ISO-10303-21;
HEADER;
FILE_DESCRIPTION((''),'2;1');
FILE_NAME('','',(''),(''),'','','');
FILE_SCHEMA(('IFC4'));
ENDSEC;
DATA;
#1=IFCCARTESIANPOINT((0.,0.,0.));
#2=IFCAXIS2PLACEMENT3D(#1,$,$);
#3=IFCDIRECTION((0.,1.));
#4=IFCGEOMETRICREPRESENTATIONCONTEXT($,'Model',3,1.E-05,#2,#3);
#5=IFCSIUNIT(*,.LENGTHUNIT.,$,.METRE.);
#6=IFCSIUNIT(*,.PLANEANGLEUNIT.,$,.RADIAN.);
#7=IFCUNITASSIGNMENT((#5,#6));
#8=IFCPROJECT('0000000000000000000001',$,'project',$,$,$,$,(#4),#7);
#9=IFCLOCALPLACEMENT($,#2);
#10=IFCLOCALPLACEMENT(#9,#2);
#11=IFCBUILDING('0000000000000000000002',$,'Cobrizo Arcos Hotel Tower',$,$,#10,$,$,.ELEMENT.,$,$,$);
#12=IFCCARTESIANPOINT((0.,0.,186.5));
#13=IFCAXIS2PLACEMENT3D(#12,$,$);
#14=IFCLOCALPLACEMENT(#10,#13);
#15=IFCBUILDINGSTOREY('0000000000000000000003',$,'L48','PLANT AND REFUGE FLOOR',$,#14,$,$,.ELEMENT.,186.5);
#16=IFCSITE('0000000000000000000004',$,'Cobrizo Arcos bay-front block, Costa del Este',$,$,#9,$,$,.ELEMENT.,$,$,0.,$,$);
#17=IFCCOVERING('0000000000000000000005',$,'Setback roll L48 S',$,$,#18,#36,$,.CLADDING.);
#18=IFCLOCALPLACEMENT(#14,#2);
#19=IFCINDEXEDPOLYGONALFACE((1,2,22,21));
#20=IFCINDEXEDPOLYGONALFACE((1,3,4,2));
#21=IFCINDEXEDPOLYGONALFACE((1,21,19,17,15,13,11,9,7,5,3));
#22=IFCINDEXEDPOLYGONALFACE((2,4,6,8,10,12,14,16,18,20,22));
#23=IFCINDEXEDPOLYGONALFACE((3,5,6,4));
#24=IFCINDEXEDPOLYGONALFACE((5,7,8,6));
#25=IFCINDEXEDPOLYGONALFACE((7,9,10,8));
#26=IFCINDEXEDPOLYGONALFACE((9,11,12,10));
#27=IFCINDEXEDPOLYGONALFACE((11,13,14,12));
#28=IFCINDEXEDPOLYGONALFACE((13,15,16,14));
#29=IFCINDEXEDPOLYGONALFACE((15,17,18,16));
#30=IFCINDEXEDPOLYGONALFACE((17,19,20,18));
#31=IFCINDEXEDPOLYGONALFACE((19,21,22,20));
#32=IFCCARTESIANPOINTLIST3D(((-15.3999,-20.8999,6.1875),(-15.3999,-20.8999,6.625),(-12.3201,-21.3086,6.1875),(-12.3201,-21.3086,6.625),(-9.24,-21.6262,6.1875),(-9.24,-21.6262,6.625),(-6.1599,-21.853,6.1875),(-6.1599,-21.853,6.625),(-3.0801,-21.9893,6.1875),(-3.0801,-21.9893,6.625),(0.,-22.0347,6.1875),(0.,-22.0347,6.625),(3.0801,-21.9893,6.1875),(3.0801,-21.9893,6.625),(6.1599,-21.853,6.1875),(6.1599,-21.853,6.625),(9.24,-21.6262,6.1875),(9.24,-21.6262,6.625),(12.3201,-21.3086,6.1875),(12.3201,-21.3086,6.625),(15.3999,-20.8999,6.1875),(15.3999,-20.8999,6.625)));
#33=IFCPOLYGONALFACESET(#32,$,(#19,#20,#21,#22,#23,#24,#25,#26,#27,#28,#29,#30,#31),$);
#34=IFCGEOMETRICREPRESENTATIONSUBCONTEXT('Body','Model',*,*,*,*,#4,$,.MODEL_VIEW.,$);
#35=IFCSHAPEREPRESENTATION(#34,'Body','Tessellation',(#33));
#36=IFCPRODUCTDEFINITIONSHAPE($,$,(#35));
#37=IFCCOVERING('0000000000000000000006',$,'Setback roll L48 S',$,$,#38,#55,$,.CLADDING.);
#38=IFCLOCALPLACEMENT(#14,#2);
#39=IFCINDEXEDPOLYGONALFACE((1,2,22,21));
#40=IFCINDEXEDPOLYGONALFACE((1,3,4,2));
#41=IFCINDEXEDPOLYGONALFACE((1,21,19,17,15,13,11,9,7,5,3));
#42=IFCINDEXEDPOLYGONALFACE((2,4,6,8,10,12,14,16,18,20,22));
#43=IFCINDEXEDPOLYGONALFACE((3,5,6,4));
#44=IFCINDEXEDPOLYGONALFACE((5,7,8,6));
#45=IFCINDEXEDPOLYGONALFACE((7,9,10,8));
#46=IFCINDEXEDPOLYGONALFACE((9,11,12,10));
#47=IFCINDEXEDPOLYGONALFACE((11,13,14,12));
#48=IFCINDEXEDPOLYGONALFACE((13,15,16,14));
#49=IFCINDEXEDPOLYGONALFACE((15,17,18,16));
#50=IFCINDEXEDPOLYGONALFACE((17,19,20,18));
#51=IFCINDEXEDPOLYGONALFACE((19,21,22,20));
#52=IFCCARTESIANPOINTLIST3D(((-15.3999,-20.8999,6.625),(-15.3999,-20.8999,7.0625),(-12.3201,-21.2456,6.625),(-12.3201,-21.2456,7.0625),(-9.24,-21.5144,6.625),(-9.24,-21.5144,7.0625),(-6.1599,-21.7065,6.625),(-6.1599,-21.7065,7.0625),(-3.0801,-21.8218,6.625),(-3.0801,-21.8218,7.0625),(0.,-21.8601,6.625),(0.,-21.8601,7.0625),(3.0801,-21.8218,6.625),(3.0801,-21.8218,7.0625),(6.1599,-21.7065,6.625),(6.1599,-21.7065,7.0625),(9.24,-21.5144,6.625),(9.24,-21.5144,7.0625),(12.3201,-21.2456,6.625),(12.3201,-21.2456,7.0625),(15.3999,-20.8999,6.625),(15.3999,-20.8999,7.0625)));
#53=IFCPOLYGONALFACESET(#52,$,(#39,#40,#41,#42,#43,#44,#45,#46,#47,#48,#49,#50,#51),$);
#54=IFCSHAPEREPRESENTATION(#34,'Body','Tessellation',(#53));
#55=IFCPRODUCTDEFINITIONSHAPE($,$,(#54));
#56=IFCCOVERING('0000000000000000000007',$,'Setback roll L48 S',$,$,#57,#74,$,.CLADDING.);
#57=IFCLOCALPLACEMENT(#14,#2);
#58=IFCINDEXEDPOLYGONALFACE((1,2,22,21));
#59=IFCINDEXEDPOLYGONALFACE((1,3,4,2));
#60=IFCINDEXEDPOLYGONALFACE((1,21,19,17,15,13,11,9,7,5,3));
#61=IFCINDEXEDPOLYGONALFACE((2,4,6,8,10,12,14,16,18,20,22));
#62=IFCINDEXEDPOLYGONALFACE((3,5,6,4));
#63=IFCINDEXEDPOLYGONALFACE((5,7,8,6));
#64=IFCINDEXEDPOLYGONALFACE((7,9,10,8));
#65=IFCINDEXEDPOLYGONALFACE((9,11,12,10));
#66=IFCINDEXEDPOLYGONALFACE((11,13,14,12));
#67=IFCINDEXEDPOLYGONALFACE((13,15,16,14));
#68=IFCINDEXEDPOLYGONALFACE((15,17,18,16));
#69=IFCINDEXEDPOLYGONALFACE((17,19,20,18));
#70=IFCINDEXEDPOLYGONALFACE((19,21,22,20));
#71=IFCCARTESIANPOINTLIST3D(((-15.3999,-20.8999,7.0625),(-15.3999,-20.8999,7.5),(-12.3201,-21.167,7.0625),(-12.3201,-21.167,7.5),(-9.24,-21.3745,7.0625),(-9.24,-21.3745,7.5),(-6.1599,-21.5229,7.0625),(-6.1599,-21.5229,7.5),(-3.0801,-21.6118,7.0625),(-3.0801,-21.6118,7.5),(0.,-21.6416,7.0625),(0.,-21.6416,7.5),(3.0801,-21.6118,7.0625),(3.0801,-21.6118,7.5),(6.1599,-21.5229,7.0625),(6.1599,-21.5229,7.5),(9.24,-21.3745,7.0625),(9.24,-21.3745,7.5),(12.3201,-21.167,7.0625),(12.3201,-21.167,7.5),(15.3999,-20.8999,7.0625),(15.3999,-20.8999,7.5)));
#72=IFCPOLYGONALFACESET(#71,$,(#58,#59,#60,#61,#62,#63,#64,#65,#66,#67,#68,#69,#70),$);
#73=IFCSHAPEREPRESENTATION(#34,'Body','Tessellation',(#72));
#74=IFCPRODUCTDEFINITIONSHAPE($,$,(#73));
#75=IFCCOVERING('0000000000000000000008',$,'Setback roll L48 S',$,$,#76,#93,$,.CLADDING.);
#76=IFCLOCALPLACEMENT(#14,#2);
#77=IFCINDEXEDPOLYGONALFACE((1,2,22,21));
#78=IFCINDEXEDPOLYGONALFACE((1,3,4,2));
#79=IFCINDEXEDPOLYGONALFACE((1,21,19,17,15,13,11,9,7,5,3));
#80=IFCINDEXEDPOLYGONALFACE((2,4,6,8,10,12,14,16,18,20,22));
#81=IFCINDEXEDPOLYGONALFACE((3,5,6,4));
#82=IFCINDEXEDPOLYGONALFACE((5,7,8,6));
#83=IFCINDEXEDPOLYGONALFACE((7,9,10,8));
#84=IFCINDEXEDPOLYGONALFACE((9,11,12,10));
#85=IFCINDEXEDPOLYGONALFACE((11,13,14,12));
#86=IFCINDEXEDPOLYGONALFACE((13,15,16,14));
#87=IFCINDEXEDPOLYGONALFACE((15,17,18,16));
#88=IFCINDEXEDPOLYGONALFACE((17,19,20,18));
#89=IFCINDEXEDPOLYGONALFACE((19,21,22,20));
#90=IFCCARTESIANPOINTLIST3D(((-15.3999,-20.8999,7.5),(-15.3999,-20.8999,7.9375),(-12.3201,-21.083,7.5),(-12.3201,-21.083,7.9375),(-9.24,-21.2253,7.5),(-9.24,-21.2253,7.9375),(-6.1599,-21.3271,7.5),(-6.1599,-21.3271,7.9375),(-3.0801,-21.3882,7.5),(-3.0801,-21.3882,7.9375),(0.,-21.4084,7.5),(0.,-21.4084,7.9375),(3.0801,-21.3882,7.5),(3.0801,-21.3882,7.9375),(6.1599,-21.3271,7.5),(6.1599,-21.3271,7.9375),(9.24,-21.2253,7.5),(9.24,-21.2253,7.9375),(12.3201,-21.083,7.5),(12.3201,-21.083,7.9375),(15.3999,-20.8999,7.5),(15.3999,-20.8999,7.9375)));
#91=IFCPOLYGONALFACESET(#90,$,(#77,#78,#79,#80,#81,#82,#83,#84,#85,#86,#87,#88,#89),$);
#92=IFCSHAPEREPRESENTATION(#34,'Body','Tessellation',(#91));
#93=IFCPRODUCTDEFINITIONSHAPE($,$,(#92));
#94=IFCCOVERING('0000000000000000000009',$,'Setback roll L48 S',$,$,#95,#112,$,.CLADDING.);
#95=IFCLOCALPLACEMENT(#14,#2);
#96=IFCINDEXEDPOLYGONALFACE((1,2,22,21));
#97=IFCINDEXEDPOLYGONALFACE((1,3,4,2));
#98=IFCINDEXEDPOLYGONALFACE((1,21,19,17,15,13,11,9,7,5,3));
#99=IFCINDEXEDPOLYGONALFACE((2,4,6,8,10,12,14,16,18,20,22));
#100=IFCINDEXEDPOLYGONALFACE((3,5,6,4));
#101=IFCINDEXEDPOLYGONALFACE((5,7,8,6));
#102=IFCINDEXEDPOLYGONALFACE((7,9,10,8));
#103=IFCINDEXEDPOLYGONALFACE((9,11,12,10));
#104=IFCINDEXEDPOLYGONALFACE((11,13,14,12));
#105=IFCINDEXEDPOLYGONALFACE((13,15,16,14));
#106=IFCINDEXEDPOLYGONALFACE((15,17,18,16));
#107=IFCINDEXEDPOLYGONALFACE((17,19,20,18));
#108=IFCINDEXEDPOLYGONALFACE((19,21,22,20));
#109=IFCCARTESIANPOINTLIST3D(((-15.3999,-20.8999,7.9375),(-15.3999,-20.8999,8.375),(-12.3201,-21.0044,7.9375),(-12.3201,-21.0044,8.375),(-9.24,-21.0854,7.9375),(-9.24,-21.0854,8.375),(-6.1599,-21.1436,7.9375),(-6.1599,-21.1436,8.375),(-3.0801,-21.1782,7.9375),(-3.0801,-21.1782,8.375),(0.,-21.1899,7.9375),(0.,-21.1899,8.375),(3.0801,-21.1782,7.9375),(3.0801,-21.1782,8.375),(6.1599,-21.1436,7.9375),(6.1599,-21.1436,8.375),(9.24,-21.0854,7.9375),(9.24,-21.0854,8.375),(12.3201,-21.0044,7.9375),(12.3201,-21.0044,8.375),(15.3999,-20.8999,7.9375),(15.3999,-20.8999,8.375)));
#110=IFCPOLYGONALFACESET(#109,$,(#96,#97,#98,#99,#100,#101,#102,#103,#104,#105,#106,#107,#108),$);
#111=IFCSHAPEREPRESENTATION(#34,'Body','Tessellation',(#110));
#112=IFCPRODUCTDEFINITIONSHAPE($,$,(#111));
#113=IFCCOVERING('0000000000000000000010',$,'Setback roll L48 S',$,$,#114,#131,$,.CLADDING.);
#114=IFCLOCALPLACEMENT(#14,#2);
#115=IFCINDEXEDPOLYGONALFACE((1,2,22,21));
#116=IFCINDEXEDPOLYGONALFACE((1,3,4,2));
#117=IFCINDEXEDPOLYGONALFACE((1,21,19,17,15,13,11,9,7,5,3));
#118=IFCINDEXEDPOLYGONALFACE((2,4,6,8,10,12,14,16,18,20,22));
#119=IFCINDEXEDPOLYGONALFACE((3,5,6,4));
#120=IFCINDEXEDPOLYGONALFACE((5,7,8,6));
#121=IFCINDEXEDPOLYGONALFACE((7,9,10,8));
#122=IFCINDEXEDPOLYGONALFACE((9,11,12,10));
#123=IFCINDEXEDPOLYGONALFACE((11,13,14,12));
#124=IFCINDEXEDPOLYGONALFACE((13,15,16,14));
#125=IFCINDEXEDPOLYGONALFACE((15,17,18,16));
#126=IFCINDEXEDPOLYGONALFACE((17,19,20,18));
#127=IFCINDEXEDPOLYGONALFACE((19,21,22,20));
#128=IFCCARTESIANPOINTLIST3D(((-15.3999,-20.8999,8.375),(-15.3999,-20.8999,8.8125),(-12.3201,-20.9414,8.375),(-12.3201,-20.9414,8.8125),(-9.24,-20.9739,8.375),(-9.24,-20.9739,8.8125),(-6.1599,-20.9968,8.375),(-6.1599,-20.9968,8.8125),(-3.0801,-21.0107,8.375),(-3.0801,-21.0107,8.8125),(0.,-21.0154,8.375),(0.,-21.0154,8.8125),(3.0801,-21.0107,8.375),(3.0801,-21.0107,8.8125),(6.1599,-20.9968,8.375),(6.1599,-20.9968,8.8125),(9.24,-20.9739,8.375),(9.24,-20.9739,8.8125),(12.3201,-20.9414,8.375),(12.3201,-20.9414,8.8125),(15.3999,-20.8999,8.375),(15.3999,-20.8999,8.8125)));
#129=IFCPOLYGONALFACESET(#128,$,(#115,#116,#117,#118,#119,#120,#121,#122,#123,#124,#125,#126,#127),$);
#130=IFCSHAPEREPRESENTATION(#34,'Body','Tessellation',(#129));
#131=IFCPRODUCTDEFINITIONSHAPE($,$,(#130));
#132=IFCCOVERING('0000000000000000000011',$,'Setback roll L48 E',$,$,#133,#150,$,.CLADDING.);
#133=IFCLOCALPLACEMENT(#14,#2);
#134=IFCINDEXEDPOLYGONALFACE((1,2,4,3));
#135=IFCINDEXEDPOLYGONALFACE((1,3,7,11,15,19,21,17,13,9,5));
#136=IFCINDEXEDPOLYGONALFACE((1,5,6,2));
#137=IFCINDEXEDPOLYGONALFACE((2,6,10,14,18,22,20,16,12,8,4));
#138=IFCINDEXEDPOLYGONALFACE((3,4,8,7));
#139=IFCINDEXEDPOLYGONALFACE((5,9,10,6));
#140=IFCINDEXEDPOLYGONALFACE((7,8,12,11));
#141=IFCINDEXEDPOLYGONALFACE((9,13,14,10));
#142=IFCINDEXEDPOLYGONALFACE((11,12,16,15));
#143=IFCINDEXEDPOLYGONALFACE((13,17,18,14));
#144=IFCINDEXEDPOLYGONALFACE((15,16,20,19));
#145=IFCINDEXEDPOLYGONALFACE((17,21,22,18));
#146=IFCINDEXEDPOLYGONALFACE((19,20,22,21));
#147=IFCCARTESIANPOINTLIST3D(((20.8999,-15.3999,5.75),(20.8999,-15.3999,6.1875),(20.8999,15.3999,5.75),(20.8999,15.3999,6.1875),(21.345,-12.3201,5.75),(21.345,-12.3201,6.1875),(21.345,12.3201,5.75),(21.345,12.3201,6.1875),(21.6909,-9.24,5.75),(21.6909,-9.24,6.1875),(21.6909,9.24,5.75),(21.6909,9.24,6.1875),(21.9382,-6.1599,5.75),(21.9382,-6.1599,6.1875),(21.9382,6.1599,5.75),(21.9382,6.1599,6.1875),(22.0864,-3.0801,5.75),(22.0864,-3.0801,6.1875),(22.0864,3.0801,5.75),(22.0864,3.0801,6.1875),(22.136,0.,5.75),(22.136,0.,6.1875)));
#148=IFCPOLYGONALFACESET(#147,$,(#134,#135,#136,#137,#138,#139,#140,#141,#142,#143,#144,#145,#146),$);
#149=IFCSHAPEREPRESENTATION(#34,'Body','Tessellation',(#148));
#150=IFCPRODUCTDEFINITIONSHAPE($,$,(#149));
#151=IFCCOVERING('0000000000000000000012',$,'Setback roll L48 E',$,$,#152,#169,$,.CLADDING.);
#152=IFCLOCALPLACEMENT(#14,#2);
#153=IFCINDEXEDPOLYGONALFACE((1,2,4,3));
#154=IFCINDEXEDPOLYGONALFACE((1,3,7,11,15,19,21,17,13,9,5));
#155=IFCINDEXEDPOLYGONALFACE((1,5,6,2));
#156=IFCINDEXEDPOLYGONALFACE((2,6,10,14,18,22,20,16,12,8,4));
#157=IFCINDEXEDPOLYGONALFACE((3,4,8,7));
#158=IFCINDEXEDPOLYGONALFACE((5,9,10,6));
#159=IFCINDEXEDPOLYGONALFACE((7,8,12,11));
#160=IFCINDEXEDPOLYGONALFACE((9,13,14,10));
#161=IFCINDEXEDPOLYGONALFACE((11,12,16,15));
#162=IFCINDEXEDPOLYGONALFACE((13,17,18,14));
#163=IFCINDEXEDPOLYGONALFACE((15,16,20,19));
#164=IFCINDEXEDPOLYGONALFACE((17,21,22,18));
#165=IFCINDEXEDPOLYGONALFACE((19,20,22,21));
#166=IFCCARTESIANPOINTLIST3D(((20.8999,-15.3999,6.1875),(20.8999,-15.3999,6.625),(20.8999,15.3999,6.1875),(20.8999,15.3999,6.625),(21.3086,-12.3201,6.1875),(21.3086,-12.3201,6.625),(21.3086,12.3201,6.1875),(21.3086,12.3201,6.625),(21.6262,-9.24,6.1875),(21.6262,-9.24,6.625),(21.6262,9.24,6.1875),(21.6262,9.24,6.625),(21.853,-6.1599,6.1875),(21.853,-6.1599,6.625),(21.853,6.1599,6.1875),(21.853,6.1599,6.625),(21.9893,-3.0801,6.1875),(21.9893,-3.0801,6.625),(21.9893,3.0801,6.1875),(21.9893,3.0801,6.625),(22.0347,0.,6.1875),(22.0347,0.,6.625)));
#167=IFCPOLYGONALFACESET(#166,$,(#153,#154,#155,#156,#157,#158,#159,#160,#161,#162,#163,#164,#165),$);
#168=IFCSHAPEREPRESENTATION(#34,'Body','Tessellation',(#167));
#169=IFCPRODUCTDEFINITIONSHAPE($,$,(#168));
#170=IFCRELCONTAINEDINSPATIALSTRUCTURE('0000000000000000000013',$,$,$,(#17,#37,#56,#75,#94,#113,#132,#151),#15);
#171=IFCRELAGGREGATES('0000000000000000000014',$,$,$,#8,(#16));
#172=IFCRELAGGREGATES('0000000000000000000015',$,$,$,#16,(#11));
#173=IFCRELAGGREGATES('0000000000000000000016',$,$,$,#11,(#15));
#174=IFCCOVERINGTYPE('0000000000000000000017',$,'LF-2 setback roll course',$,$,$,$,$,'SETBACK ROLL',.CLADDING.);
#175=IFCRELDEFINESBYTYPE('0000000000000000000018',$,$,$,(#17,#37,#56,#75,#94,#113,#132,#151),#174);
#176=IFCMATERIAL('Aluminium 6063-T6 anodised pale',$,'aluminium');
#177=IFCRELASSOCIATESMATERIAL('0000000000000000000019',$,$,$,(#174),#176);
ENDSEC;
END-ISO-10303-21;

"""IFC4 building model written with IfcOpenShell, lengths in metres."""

from ifc_helpers import new_model, si_unit, direction, frame, origin, place, context, subcontext, project, spatial, polyline, outline, extrude, material, type_object, element, save


model = new_model("IFC4")

# Units and contexts
model_context = context("Model", 3, precision=1e-05, world=origin(), true_north=direction((0.0, 1.0)))
body_context = subcontext(model_context, "Body", "Model", "MODEL_VIEW")
ifc_project = project(units=[si_unit("LENGTHUNIT", "METRE"), si_unit("PLANEANGLEUNIT", "RADIAN")], contexts=[model_context])

# Site, building, storey
site_placement = place(None, origin())
site = spatial("IfcSite", under=ifc_project, at=site_placement, Name="Cobrizo Arcos bay-front block, Costa del Este", CompositionType="ELEMENT", RefElevation=0.0)
building_placement = place(site_placement, origin())
building = spatial("IfcBuilding", under=site, at=building_placement, Name="Cobrizo Arcos Hotel Tower", CompositionType="ELEMENT")
storey_placement = place(building_placement, frame((0.0, 0.0, 186.5)))
storey = spatial("IfcBuildingStorey", under=building, at=storey_placement, Name="L48", Description="PLANT AND REFUGE FLOOR", CompositionType="ELEMENT", Elevation=186.5)

# Coverings
ifc_material = material(Name="Aluminium 6063-T6 anodised pale", Category="aluminium")
covering_type_1 = type_object("IfcCoveringType", Name="LF-2 setback roll course", ElementType="SETBACK ROLL", PredefinedType="CLADDING", material=ifc_material)
covering_1_placement = place(storey_placement, frame((0.0, 0.0, 6.1875)))
element("IfcCovering", 1, at=covering_1_placement, inside=storey, type_object=covering_type_1, Name="Setback roll L48 S", PredefinedType="CLADDING", context=body_context, shape_type="SweptSolid", body=[
    extrude(outline(polyline([(-15.3999, -20.8999), (-12.3201, -21.3086), (-9.24, -21.6262), (-6.1599, -21.853), (-3.0801, -21.9893), (0.0, -22.0347), (3.0801, -21.9893), (6.1599, -21.853), (9.24, -21.6262), (12.3201, -21.3086), (15.3999, -20.8999), (15.3999, -20.8999), (-15.3999, -20.8999)])), origin(), (0.0, 0.0, 1.0), 0.4375),
])
covering_2_placement = place(storey_placement, frame((0.0, 0.0, 6.625)))
element("IfcCovering", 2, at=covering_2_placement, inside=storey, type_object=covering_type_1, Name="Setback roll L48 S", PredefinedType="CLADDING", context=body_context, shape_type="SweptSolid", body=[
    extrude(outline(polyline([(-15.3999, -20.8999), (-12.3201, -21.2456), (-9.24, -21.5144), (-6.1599, -21.7065), (-3.0801, -21.8218), (0.0, -21.8601), (3.0801, -21.8218), (6.1599, -21.7065), (9.24, -21.5144), (12.3201, -21.2456), (15.3999, -20.8999), (15.3999, -20.8999), (-15.3999, -20.8999)])), origin(), (0.0, 0.0, 1.0), 0.4375),
])
covering_3_placement = place(storey_placement, frame((0.0, 0.0, 7.0625)))
element("IfcCovering", 3, at=covering_3_placement, inside=storey, type_object=covering_type_1, Name="Setback roll L48 S", PredefinedType="CLADDING", context=body_context, shape_type="SweptSolid", body=[
    extrude(outline(polyline([(-15.3999, -20.8999), (-12.3201, -21.167), (-9.24, -21.3745), (-6.1599, -21.5229), (-3.0801, -21.6118), (0.0, -21.6416), (3.0801, -21.6118), (6.1599, -21.5229), (9.24, -21.3745), (12.3201, -21.167), (15.3999, -20.8999), (15.3999, -20.8999), (-15.3999, -20.8999)])), origin(), (0.0, 0.0, 1.0), 0.4375),
])
covering_4_placement = place(storey_placement, frame((0.0, 0.0, 7.5)))
element("IfcCovering", 4, at=covering_4_placement, inside=storey, type_object=covering_type_1, Name="Setback roll L48 S", PredefinedType="CLADDING", context=body_context, shape_type="SweptSolid", body=[
    extrude(outline(polyline([(-15.3999, -20.8999), (-12.3201, -21.083), (-9.24, -21.2253), (-6.1599, -21.3271), (-3.0801, -21.3882), (0.0, -21.4084), (3.0801, -21.3882), (6.1599, -21.3271), (9.24, -21.2253), (12.3201, -21.083), (15.3999, -20.8999), (15.3999, -20.8999), (-15.3999, -20.8999)])), origin(), (0.0, 0.0, 1.0), 0.4375),
])
covering_5_placement = place(storey_placement, frame((0.0, 0.0, 7.9375)))
element("IfcCovering", 5, at=covering_5_placement, inside=storey, type_object=covering_type_1, Name="Setback roll L48 S", PredefinedType="CLADDING", context=body_context, shape_type="SweptSolid", body=[
    extrude(outline(polyline([(-15.3999, -20.8999), (-12.3201, -21.0044), (-9.24, -21.0854), (-6.1599, -21.1436), (-3.0801, -21.1782), (0.0, -21.1899), (3.0801, -21.1782), (6.1599, -21.1436), (9.24, -21.0854), (12.3201, -21.0044), (15.3999, -20.8999), (15.3999, -20.8999), (-15.3999, -20.8999)])), origin(), (0.0, 0.0, 1.0), 0.4375),
])
covering_6_placement = place(storey_placement, frame((0.0, 0.0, 8.375)))
element("IfcCovering", 6, at=covering_6_placement, inside=storey, type_object=covering_type_1, Name="Setback roll L48 S", PredefinedType="CLADDING", context=body_context, shape_type="SweptSolid", body=[
    extrude(outline(polyline([(-15.3999, -20.8999), (-12.3201, -20.9414), (-9.24, -20.9739), (-6.1599, -20.9968), (-3.0801, -21.0107), (0.0, -21.0154), (3.0801, -21.0107), (6.1599, -20.9968), (9.24, -20.9739), (12.3201, -20.9414), (15.3999, -20.8999), (15.3999, -20.8999), (-15.3999, -20.8999)])), origin(), (0.0, 0.0, 1.0), 0.4375),
])
covering_7_placement = place(storey_placement, frame((0.0, 0.0, 5.75)))
element("IfcCovering", 7, at=covering_7_placement, inside=storey, type_object=covering_type_1, Name="Setback roll L48 E", PredefinedType="CLADDING", context=body_context, shape_type="SweptSolid", body=[
    extrude(outline(polyline([(20.8999, -15.3999), (21.345, -12.3201), (21.6909, -9.24), (21.9382, -6.1599), (22.0864, -3.0801), (22.136, 0.0), (22.0864, 3.0801), (21.9382, 6.1599), (21.6909, 9.24), (21.345, 12.3201), (20.8999, 15.3999), (20.8999, 15.3999), (20.8999, -15.3999)])), origin(), (0.0, 0.0, 1.0), 0.4375),
])
covering_8_placement = place(storey_placement, frame((0.0, 0.0, 6.1875)))
element("IfcCovering", 8, at=covering_8_placement, inside=storey, type_object=covering_type_1, Name="Setback roll L48 E", PredefinedType="CLADDING", context=body_context, shape_type="SweptSolid", body=[
    extrude(outline(polyline([(20.8999, -15.3999), (21.3086, -12.3201), (21.6262, -9.24), (21.853, -6.1599), (21.9893, -3.0801), (22.0347, 0.0), (21.9893, 3.0801), (21.853, 6.1599), (21.6262, 9.24), (21.3086, 12.3201), (20.8999, 15.3999), (20.8999, 15.3999), (20.8999, -15.3999)])), origin(), (0.0, 0.0, 1.0), 0.4375),
])

save(model, "model.ifc")
